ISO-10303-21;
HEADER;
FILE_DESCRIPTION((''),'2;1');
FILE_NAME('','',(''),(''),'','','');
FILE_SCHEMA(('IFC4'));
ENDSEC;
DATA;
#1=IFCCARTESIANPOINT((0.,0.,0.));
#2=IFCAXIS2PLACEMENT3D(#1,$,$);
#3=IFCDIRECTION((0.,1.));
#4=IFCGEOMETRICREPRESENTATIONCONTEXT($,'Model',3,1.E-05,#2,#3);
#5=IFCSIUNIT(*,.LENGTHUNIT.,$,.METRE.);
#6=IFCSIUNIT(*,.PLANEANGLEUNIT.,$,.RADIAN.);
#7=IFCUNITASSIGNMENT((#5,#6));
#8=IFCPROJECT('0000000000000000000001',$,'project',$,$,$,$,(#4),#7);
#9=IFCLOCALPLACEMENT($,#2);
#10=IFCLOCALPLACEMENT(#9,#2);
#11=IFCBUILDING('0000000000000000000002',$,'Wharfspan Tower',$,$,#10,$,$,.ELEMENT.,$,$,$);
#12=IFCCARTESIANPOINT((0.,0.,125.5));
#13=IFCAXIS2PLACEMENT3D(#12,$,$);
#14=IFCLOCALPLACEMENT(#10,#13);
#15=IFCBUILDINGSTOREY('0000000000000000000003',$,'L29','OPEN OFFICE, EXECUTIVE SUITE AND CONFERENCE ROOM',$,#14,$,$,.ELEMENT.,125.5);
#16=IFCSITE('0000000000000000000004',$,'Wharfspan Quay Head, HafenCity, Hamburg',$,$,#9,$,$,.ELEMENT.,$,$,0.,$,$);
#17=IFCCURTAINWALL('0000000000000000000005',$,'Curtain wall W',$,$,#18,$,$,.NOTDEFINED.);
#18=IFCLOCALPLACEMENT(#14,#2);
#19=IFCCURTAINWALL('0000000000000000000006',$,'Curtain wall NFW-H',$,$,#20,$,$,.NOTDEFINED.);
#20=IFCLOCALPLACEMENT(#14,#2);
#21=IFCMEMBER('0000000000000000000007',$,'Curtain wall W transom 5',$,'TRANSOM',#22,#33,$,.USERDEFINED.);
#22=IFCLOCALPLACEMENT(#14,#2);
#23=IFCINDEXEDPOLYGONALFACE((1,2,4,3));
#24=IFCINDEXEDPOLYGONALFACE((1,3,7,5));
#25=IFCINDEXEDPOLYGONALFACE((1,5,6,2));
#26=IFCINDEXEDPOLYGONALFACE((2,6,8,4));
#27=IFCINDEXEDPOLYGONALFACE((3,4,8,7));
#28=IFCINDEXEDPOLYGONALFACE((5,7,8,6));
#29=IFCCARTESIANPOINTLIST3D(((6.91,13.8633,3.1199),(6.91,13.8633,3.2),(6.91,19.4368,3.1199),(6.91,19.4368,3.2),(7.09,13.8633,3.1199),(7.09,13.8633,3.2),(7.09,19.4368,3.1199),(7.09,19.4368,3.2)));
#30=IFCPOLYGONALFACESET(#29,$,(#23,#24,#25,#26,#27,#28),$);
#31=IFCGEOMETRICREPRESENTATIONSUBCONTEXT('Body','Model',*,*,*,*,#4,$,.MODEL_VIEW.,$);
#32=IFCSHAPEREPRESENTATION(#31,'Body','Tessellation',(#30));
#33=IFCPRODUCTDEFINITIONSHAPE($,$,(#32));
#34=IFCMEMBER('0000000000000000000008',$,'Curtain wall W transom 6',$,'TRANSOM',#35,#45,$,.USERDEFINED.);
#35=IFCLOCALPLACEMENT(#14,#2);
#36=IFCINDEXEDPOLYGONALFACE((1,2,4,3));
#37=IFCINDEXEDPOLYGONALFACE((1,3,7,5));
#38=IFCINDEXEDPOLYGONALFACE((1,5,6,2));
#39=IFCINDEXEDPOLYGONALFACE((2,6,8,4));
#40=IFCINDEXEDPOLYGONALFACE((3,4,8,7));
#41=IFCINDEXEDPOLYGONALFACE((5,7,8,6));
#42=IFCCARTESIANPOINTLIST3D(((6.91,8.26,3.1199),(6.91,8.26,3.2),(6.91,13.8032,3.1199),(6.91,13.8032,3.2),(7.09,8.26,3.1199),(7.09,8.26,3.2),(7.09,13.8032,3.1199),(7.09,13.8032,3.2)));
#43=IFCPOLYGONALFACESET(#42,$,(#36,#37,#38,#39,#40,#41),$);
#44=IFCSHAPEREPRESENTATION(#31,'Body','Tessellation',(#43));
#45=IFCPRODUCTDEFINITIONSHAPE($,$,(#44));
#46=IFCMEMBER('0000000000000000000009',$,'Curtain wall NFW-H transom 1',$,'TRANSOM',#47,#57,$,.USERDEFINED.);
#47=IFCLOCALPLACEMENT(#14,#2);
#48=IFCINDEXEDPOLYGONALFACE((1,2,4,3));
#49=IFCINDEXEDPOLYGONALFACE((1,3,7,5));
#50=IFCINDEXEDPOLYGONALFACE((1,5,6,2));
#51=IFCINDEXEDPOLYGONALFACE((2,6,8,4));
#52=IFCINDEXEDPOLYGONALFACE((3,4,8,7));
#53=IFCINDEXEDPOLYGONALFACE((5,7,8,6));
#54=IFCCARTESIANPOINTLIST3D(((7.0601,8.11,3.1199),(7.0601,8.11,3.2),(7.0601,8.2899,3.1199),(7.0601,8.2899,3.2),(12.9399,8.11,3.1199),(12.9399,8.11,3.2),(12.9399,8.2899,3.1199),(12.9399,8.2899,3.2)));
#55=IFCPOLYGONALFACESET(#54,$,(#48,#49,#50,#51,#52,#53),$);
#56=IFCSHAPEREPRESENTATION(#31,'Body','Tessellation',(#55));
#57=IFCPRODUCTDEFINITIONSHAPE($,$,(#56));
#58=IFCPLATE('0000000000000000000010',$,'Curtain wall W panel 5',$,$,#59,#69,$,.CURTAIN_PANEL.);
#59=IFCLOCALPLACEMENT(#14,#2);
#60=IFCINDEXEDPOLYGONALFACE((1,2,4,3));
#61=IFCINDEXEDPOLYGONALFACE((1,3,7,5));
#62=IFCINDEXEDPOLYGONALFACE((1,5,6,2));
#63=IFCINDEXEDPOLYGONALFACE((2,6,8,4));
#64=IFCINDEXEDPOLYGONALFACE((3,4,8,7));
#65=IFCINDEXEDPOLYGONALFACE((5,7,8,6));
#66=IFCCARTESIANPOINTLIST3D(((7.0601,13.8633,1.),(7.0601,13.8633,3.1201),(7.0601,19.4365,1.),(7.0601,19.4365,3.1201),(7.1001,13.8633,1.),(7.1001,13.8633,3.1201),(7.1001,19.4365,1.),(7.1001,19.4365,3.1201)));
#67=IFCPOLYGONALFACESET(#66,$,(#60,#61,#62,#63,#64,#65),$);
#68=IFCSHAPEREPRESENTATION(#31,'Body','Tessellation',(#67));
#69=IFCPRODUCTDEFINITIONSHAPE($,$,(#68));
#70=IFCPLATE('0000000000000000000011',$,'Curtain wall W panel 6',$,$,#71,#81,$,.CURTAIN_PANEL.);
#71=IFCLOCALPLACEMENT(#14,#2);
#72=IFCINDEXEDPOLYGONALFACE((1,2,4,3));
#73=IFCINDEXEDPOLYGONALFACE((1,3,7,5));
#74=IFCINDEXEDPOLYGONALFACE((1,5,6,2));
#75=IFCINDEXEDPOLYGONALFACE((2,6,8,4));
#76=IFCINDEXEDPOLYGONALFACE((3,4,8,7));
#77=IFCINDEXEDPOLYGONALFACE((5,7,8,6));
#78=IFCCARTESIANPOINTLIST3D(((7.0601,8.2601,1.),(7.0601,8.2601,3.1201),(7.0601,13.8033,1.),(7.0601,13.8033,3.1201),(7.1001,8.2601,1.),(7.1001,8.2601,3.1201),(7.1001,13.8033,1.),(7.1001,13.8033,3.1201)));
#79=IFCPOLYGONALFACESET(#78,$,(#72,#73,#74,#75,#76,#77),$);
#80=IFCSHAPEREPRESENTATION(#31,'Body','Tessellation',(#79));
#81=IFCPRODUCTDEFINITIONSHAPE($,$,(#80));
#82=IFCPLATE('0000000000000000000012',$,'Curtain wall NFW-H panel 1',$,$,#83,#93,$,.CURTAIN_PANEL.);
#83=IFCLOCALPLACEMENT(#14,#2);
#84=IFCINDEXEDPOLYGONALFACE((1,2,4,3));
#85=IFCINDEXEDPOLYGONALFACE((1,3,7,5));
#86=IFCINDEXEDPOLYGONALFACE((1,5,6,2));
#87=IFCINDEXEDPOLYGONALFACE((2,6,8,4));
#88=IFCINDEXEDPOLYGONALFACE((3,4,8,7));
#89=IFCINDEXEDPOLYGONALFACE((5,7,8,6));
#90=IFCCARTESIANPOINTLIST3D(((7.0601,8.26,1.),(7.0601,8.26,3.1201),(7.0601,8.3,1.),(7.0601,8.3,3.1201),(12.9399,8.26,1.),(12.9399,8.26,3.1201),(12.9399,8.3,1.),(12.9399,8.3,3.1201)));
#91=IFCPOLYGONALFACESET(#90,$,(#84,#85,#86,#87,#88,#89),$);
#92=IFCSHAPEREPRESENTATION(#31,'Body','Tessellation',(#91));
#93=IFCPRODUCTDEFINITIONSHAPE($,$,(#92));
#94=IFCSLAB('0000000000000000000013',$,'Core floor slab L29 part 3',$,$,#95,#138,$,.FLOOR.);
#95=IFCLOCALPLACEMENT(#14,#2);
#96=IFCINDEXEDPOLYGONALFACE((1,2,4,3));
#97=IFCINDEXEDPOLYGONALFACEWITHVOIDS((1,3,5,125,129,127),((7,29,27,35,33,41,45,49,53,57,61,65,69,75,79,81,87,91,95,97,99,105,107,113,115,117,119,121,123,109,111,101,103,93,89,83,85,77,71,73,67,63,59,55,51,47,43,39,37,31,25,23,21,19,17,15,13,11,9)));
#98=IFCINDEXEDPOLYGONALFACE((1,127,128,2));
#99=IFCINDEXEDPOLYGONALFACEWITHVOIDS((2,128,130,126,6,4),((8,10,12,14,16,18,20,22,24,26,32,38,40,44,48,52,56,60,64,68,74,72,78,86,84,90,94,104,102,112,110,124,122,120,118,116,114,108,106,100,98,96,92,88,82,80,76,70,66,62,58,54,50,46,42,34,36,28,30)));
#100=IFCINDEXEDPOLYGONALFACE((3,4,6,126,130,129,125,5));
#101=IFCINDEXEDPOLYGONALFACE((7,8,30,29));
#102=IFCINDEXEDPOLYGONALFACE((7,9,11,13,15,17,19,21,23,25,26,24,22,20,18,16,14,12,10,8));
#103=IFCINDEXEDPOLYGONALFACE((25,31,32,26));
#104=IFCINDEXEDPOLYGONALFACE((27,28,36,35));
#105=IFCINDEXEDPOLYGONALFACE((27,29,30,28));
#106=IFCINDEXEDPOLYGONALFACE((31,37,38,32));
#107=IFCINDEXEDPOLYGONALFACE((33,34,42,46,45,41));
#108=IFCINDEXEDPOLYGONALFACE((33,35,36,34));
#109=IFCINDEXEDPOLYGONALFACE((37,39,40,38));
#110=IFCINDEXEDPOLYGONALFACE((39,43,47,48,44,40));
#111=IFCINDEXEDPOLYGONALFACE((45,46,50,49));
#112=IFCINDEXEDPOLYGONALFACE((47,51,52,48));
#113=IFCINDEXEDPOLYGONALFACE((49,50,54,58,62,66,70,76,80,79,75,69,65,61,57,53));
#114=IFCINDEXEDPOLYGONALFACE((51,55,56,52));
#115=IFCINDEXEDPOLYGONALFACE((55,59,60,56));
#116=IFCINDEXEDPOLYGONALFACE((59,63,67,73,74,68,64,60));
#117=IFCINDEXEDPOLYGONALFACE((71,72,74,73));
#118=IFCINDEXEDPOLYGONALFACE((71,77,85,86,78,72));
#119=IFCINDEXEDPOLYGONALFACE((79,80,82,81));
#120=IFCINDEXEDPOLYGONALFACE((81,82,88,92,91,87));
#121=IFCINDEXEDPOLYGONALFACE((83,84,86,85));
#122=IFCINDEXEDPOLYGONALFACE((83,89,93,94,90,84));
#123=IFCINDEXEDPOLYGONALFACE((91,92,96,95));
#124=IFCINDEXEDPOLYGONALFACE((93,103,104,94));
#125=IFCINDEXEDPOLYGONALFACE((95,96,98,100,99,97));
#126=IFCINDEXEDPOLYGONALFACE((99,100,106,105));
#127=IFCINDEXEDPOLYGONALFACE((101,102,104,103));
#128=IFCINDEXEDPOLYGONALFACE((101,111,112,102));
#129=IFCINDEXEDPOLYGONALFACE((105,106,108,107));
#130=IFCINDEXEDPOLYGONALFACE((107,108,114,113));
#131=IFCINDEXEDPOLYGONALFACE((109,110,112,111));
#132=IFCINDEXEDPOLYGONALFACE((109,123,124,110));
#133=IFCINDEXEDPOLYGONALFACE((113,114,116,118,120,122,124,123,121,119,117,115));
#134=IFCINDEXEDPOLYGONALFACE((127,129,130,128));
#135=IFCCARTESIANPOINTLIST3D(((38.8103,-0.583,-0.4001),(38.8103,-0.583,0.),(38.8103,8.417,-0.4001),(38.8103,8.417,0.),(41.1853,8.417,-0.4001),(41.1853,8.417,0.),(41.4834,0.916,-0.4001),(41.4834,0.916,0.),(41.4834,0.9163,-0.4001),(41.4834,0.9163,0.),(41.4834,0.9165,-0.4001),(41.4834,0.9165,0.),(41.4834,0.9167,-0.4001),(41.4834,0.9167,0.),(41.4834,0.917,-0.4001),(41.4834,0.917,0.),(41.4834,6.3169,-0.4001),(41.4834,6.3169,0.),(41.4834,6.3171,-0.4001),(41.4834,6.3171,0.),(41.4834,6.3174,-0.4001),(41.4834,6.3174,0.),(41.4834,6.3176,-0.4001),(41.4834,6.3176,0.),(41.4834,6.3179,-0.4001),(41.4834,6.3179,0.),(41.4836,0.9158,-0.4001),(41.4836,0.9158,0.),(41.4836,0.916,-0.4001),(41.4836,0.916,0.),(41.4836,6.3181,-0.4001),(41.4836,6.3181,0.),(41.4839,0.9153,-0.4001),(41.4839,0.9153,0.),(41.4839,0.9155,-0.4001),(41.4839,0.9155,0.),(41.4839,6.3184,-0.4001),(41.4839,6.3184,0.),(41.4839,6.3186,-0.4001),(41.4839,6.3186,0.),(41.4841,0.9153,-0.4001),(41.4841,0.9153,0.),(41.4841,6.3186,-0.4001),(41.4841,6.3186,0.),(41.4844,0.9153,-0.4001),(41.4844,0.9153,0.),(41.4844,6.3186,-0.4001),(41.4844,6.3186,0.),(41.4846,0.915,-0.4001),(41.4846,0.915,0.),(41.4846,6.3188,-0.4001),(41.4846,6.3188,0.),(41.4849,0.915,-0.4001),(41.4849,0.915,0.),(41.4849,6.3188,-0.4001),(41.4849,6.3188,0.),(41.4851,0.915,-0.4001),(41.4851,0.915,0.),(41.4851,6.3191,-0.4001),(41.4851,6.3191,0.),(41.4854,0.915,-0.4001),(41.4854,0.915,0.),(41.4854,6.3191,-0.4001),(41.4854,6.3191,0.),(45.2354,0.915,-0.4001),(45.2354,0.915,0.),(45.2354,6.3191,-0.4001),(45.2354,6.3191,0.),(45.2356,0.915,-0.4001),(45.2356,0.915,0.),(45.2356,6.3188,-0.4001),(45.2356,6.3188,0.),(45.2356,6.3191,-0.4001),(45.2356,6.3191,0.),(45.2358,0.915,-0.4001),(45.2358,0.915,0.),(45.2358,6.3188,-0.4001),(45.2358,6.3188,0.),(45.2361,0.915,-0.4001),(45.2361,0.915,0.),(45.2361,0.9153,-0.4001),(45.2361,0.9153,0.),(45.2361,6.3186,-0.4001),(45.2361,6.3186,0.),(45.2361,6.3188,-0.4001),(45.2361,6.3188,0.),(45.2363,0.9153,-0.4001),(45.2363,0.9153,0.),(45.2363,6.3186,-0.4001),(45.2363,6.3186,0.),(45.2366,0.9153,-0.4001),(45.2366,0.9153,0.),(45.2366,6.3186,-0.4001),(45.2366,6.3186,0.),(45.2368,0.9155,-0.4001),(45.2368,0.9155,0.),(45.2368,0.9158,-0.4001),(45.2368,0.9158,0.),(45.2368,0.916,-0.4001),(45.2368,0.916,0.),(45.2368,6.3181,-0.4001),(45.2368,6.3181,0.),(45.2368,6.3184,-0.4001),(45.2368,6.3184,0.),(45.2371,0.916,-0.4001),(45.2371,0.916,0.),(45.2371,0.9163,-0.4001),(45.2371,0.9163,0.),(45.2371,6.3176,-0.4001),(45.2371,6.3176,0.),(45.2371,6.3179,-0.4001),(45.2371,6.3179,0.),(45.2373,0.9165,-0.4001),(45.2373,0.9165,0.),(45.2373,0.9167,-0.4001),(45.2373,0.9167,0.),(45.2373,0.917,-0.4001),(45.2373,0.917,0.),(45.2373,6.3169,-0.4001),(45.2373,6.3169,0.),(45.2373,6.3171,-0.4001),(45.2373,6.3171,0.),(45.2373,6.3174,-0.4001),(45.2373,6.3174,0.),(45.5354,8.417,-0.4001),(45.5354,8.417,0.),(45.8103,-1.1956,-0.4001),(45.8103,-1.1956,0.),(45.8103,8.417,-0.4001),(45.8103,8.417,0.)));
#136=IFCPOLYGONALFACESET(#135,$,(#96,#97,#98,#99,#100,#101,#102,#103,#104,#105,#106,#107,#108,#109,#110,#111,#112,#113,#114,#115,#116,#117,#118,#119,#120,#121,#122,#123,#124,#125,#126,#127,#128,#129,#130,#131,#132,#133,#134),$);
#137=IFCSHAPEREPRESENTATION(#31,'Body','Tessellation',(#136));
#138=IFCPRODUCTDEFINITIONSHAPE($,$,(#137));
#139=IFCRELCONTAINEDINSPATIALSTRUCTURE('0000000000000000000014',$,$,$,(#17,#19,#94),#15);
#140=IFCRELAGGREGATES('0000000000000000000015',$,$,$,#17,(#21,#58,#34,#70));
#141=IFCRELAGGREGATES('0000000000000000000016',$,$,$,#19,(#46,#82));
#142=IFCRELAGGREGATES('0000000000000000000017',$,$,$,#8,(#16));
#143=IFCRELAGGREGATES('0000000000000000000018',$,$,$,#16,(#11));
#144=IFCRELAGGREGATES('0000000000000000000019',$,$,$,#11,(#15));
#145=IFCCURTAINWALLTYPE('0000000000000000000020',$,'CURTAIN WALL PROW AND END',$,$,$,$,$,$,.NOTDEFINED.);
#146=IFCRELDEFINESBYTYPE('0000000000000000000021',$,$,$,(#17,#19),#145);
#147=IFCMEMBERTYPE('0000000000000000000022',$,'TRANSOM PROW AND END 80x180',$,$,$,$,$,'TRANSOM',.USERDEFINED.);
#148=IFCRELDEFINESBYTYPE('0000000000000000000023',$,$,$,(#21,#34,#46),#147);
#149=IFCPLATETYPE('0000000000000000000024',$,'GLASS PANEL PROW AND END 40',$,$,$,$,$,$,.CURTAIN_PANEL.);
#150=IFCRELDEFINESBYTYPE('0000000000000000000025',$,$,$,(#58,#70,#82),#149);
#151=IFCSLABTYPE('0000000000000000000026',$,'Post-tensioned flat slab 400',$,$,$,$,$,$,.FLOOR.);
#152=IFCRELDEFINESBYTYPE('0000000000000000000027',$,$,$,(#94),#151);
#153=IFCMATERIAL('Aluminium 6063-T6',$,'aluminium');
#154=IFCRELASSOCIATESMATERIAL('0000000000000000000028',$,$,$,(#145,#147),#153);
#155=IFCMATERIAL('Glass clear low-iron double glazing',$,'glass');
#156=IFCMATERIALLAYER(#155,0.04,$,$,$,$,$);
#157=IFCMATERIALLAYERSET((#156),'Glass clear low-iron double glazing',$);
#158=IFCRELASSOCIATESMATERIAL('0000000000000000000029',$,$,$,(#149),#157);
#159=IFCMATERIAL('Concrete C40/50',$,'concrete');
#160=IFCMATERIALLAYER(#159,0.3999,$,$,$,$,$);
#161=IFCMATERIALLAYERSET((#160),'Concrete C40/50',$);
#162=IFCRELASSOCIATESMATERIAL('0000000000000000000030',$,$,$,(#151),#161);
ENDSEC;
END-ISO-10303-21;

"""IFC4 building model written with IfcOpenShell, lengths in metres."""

from ifc_helpers import new_model, si_unit, direction, frame, origin, origin_2d, place, context, subcontext, project, spatial, polyline, rectangle, outline, extrude, material, layer, layer_set, material_profile, profile_set, type_object, element, aggregate, save


model = new_model("IFC4")

# Units and contexts
model_context = context("Model", 3, precision=1e-05, world=origin(), true_north=direction((0.0, 1.0)))
body_context = subcontext(model_context, "Body", "Model", "MODEL_VIEW")
ifc_project = project(units=[si_unit("LENGTHUNIT", "METRE"), si_unit("PLANEANGLEUNIT", "RADIAN")], contexts=[model_context])

# Site, building, storey
site_placement = place(None, origin())
site = spatial("IfcSite", under=ifc_project, at=site_placement, Name="Wharfspan Quay Head, HafenCity, Hamburg", CompositionType="ELEMENT", RefElevation=0.0)
building_placement = place(site_placement, origin())
building = spatial("IfcBuilding", under=site, at=building_placement, Name="Wharfspan Tower", CompositionType="ELEMENT")
storey_placement = place(building_placement, frame((0.0, 0.0, 125.5)))
storey = spatial("IfcBuildingStorey", under=building, at=storey_placement, Name="L29", Description="OPEN OFFICE, EXECUTIVE SUITE AND CONFERENCE ROOM", CompositionType="ELEMENT", Elevation=125.5)

# Curtain wall
ifc_material_1 = material(Name="Aluminium 6063-T6", Category="aluminium")
curtain_wall_type = type_object("IfcCurtainWallType", Name="CURTAIN WALL PROW AND END", PredefinedType="NOTDEFINED", material=ifc_material_1)
curtain_wall_1_placement = place(storey_placement, origin())
curtain_wall_1 = element("IfcCurtainWall", 1, at=curtain_wall_1_placement, inside=storey, type_object=curtain_wall_type, Name="Curtain wall W", PredefinedType="NOTDEFINED")

# Curtain wall
curtain_wall_2_placement = place(storey_placement, origin())
curtain_wall_2 = element("IfcCurtainWall", 2, at=curtain_wall_2_placement, inside=storey, type_object=curtain_wall_type, Name="Curtain wall NFW-H", PredefinedType="NOTDEFINED")

# Members
ifc_material_profile_1 = material_profile(ifc_material_1, rectangle(XDim=0.1799, YDim=0.0801, at=origin_2d()))
ifc_profile_set_1 = profile_set([ifc_material_profile_1], Name="Aluminium 6063-T6")
member_type_1 = type_object("IfcMemberType", Name="TRANSOM PROW AND END 80x180", ElementType="TRANSOM", PredefinedType="USERDEFINED", material=ifc_profile_set_1)
member_1_placement = place(storey_placement, frame((7.0, 19.4368, 3.1599), z_axis=(0.0, -1.0, 0.0), x_axis=(1.0, 0.0, 0.0)))
member_1 = element("IfcMember", 3, at=member_1_placement, type_object=member_type_1, Name="Curtain wall W transom 5", ObjectType="TRANSOM", PredefinedType="USERDEFINED", context=body_context, shape_type="SweptSolid", body=[
    extrude(rectangle(XDim=0.1799, YDim=0.0801, at=origin_2d()), origin(), (0.0, 0.0, 1.0), 5.5735),
])
member_2_placement = place(storey_placement, frame((7.0, 13.8032, 3.1599), z_axis=(0.0, -1.0, 0.0), x_axis=(1.0, 0.0, 0.0)))
member_2 = element("IfcMember", 4, at=member_2_placement, type_object=member_type_1, Name="Curtain wall W transom 6", ObjectType="TRANSOM", PredefinedType="USERDEFINED", context=body_context, shape_type="SweptSolid", body=[
    extrude(rectangle(XDim=0.1799, YDim=0.0801, at=origin_2d()), origin(), (0.0, 0.0, 1.0), 5.5432),
])
member_3_placement = place(storey_placement, frame((7.0601, 8.2, 3.1599), z_axis=(1.0, 0.0, 0.0), x_axis=(0.0, 1.0, 0.0)))
member_3 = element("IfcMember", 5, at=member_3_placement, type_object=member_type_1, Name="Curtain wall NFW-H transom 1", ObjectType="TRANSOM", PredefinedType="USERDEFINED", context=body_context, shape_type="SweptSolid", body=[
    extrude(rectangle(XDim=0.1799, YDim=0.0801, at=origin_2d()), origin(), (0.0, 0.0, 1.0), 5.8799),
])

# Plates
ifc_material_2 = material(Name="Glass clear low-iron double glazing", Category="glass")
ifc_layer_1 = layer(ifc_material_2, 0.04)
ifc_layer_set_1 = layer_set([ifc_layer_1], Name="Glass clear low-iron double glazing")
plate_type = type_object("IfcPlateType", Name="GLASS PANEL PROW AND END 40", PredefinedType="CURTAIN_PANEL", material=ifc_layer_set_1)
plate_1_placement = place(storey_placement, frame((7.0801, 16.6499, 1.0), z_axis=(0.0, 0.0, 1.0), x_axis=(0.0, -1.0, 0.0)))
plate_1 = element("IfcPlate", 6, at=plate_1_placement, type_object=plate_type, Name="Curtain wall W panel 5", PredefinedType="CURTAIN_PANEL", context=body_context, shape_type="SweptSolid", body=[
    extrude(rectangle(XDim=5.5732, YDim=0.04, at=origin_2d()), origin(), (0.0, 0.0, 1.0), 2.1201),
])
plate_2_placement = place(storey_placement, frame((7.0801, 11.0317, 1.0), z_axis=(0.0, 0.0, 1.0), x_axis=(0.0, -1.0, 0.0)))
plate_2 = element("IfcPlate", 7, at=plate_2_placement, type_object=plate_type, Name="Curtain wall W panel 6", PredefinedType="CURTAIN_PANEL", context=body_context, shape_type="SweptSolid", body=[
    extrude(rectangle(XDim=5.5432, YDim=0.04, at=origin_2d()), origin(), (0.0, 0.0, 1.0), 2.1201),
])
aggregate(curtain_wall_1, [member_1, plate_1, member_2, plate_2])
plate_3_placement = place(storey_placement, frame((10.0, 8.28, 1.0), z_axis=(0.0, 0.0, 1.0), x_axis=(1.0, 0.0, 0.0)))
plate_3 = element("IfcPlate", 8, at=plate_3_placement, type_object=plate_type, Name="Curtain wall NFW-H panel 1", PredefinedType="CURTAIN_PANEL", context=body_context, shape_type="SweptSolid", body=[
    extrude(rectangle(XDim=5.8799, YDim=0.04, at=origin_2d()), origin(), (0.0, 0.0, 1.0), 2.1201),
])
aggregate(curtain_wall_2, [member_3, plate_3])

# Slab
ifc_material_3 = material(Name="Concrete C40/50", Category="concrete")
ifc_layer_2 = layer(ifc_material_3, 0.3999)
ifc_layer_set_2 = layer_set([ifc_layer_2], Name="Concrete C40/50")
slab_type = type_object("IfcSlabType", Name="Post-tensioned flat slab 400", PredefinedType="FLOOR", material=ifc_layer_set_2)
slab_1_placement = place(storey_placement, frame((0.0, 0.0, -0.4001)))
element("IfcSlab", 9, at=slab_1_placement, inside=storey, type_object=slab_type, Name="Core floor slab L29 part 3", PredefinedType="FLOOR", context=body_context, shape_type="SweptSolid", body=[
    extrude(outline(polyline([(45.5354, 8.417), (41.1853, 8.417), (38.8103, 8.417), (38.8103, -0.583), (45.8103, -1.1956), (45.8103, 8.417), (45.5354, 8.417)]), holes=[polyline([(41.4834, 6.3169), (41.4834, 6.3171), (41.4834, 6.3174), (41.4834, 6.3174), (41.4834, 6.3176), (41.4834, 6.3179), (41.4836, 6.3181), (41.4836, 6.3181), (41.4839, 6.3184), (41.4839, 6.3186), (41.4841, 6.3186), (41.4844, 6.3186), (41.4846, 6.3188), (41.4846, 6.3188), (41.4849, 6.3188), (41.4851, 6.3191), (41.4854, 6.3191), (45.2354, 6.3191), (45.2356, 6.3191), (45.2356, 6.3188), (45.2358, 6.3188), (45.2361, 6.3188), (45.2361, 6.3186), (45.2363, 6.3186), (45.2366, 6.3186), (45.2368, 6.3184), (45.2368, 6.3181), (45.2368, 6.3181), (45.2371, 6.3179), (45.2371, 6.3176), (45.2373, 6.3174), (45.2373, 6.3174), (45.2373, 6.3171), (45.2373, 6.3169), (45.2373, 0.917), (45.2373, 0.9167), (45.2373, 0.9165), (45.2373, 0.9165), (45.2371, 0.9163), (45.2371, 0.916), (45.2368, 0.916), (45.2368, 0.9158), (45.2368, 0.9155), (45.2366, 0.9153), (45.2363, 0.9153), (45.2361, 0.9153), (45.2361, 0.915), (45.2358, 0.915), (45.2356, 0.915), (45.2356, 0.915), (45.2354, 0.915), (41.4854, 0.915), (41.4851, 0.915), (41.4849, 0.915), (41.4846, 0.915), (41.4846, 0.915), (41.4844, 0.9153), (41.4841, 0.9153), (41.4839, 0.9153), (41.4839, 0.9155), (41.4836, 0.9158), (41.4836, 0.916), (41.4834, 0.916), (41.4834, 0.9163), (41.4834, 0.9165), (41.4834, 0.9165), (41.4834, 0.9167), (41.4834, 0.917), (41.4834, 6.3169)])]), origin(), (0.0, 0.0, 1.0), 0.4001),
])

save(model, "model.ifc")
